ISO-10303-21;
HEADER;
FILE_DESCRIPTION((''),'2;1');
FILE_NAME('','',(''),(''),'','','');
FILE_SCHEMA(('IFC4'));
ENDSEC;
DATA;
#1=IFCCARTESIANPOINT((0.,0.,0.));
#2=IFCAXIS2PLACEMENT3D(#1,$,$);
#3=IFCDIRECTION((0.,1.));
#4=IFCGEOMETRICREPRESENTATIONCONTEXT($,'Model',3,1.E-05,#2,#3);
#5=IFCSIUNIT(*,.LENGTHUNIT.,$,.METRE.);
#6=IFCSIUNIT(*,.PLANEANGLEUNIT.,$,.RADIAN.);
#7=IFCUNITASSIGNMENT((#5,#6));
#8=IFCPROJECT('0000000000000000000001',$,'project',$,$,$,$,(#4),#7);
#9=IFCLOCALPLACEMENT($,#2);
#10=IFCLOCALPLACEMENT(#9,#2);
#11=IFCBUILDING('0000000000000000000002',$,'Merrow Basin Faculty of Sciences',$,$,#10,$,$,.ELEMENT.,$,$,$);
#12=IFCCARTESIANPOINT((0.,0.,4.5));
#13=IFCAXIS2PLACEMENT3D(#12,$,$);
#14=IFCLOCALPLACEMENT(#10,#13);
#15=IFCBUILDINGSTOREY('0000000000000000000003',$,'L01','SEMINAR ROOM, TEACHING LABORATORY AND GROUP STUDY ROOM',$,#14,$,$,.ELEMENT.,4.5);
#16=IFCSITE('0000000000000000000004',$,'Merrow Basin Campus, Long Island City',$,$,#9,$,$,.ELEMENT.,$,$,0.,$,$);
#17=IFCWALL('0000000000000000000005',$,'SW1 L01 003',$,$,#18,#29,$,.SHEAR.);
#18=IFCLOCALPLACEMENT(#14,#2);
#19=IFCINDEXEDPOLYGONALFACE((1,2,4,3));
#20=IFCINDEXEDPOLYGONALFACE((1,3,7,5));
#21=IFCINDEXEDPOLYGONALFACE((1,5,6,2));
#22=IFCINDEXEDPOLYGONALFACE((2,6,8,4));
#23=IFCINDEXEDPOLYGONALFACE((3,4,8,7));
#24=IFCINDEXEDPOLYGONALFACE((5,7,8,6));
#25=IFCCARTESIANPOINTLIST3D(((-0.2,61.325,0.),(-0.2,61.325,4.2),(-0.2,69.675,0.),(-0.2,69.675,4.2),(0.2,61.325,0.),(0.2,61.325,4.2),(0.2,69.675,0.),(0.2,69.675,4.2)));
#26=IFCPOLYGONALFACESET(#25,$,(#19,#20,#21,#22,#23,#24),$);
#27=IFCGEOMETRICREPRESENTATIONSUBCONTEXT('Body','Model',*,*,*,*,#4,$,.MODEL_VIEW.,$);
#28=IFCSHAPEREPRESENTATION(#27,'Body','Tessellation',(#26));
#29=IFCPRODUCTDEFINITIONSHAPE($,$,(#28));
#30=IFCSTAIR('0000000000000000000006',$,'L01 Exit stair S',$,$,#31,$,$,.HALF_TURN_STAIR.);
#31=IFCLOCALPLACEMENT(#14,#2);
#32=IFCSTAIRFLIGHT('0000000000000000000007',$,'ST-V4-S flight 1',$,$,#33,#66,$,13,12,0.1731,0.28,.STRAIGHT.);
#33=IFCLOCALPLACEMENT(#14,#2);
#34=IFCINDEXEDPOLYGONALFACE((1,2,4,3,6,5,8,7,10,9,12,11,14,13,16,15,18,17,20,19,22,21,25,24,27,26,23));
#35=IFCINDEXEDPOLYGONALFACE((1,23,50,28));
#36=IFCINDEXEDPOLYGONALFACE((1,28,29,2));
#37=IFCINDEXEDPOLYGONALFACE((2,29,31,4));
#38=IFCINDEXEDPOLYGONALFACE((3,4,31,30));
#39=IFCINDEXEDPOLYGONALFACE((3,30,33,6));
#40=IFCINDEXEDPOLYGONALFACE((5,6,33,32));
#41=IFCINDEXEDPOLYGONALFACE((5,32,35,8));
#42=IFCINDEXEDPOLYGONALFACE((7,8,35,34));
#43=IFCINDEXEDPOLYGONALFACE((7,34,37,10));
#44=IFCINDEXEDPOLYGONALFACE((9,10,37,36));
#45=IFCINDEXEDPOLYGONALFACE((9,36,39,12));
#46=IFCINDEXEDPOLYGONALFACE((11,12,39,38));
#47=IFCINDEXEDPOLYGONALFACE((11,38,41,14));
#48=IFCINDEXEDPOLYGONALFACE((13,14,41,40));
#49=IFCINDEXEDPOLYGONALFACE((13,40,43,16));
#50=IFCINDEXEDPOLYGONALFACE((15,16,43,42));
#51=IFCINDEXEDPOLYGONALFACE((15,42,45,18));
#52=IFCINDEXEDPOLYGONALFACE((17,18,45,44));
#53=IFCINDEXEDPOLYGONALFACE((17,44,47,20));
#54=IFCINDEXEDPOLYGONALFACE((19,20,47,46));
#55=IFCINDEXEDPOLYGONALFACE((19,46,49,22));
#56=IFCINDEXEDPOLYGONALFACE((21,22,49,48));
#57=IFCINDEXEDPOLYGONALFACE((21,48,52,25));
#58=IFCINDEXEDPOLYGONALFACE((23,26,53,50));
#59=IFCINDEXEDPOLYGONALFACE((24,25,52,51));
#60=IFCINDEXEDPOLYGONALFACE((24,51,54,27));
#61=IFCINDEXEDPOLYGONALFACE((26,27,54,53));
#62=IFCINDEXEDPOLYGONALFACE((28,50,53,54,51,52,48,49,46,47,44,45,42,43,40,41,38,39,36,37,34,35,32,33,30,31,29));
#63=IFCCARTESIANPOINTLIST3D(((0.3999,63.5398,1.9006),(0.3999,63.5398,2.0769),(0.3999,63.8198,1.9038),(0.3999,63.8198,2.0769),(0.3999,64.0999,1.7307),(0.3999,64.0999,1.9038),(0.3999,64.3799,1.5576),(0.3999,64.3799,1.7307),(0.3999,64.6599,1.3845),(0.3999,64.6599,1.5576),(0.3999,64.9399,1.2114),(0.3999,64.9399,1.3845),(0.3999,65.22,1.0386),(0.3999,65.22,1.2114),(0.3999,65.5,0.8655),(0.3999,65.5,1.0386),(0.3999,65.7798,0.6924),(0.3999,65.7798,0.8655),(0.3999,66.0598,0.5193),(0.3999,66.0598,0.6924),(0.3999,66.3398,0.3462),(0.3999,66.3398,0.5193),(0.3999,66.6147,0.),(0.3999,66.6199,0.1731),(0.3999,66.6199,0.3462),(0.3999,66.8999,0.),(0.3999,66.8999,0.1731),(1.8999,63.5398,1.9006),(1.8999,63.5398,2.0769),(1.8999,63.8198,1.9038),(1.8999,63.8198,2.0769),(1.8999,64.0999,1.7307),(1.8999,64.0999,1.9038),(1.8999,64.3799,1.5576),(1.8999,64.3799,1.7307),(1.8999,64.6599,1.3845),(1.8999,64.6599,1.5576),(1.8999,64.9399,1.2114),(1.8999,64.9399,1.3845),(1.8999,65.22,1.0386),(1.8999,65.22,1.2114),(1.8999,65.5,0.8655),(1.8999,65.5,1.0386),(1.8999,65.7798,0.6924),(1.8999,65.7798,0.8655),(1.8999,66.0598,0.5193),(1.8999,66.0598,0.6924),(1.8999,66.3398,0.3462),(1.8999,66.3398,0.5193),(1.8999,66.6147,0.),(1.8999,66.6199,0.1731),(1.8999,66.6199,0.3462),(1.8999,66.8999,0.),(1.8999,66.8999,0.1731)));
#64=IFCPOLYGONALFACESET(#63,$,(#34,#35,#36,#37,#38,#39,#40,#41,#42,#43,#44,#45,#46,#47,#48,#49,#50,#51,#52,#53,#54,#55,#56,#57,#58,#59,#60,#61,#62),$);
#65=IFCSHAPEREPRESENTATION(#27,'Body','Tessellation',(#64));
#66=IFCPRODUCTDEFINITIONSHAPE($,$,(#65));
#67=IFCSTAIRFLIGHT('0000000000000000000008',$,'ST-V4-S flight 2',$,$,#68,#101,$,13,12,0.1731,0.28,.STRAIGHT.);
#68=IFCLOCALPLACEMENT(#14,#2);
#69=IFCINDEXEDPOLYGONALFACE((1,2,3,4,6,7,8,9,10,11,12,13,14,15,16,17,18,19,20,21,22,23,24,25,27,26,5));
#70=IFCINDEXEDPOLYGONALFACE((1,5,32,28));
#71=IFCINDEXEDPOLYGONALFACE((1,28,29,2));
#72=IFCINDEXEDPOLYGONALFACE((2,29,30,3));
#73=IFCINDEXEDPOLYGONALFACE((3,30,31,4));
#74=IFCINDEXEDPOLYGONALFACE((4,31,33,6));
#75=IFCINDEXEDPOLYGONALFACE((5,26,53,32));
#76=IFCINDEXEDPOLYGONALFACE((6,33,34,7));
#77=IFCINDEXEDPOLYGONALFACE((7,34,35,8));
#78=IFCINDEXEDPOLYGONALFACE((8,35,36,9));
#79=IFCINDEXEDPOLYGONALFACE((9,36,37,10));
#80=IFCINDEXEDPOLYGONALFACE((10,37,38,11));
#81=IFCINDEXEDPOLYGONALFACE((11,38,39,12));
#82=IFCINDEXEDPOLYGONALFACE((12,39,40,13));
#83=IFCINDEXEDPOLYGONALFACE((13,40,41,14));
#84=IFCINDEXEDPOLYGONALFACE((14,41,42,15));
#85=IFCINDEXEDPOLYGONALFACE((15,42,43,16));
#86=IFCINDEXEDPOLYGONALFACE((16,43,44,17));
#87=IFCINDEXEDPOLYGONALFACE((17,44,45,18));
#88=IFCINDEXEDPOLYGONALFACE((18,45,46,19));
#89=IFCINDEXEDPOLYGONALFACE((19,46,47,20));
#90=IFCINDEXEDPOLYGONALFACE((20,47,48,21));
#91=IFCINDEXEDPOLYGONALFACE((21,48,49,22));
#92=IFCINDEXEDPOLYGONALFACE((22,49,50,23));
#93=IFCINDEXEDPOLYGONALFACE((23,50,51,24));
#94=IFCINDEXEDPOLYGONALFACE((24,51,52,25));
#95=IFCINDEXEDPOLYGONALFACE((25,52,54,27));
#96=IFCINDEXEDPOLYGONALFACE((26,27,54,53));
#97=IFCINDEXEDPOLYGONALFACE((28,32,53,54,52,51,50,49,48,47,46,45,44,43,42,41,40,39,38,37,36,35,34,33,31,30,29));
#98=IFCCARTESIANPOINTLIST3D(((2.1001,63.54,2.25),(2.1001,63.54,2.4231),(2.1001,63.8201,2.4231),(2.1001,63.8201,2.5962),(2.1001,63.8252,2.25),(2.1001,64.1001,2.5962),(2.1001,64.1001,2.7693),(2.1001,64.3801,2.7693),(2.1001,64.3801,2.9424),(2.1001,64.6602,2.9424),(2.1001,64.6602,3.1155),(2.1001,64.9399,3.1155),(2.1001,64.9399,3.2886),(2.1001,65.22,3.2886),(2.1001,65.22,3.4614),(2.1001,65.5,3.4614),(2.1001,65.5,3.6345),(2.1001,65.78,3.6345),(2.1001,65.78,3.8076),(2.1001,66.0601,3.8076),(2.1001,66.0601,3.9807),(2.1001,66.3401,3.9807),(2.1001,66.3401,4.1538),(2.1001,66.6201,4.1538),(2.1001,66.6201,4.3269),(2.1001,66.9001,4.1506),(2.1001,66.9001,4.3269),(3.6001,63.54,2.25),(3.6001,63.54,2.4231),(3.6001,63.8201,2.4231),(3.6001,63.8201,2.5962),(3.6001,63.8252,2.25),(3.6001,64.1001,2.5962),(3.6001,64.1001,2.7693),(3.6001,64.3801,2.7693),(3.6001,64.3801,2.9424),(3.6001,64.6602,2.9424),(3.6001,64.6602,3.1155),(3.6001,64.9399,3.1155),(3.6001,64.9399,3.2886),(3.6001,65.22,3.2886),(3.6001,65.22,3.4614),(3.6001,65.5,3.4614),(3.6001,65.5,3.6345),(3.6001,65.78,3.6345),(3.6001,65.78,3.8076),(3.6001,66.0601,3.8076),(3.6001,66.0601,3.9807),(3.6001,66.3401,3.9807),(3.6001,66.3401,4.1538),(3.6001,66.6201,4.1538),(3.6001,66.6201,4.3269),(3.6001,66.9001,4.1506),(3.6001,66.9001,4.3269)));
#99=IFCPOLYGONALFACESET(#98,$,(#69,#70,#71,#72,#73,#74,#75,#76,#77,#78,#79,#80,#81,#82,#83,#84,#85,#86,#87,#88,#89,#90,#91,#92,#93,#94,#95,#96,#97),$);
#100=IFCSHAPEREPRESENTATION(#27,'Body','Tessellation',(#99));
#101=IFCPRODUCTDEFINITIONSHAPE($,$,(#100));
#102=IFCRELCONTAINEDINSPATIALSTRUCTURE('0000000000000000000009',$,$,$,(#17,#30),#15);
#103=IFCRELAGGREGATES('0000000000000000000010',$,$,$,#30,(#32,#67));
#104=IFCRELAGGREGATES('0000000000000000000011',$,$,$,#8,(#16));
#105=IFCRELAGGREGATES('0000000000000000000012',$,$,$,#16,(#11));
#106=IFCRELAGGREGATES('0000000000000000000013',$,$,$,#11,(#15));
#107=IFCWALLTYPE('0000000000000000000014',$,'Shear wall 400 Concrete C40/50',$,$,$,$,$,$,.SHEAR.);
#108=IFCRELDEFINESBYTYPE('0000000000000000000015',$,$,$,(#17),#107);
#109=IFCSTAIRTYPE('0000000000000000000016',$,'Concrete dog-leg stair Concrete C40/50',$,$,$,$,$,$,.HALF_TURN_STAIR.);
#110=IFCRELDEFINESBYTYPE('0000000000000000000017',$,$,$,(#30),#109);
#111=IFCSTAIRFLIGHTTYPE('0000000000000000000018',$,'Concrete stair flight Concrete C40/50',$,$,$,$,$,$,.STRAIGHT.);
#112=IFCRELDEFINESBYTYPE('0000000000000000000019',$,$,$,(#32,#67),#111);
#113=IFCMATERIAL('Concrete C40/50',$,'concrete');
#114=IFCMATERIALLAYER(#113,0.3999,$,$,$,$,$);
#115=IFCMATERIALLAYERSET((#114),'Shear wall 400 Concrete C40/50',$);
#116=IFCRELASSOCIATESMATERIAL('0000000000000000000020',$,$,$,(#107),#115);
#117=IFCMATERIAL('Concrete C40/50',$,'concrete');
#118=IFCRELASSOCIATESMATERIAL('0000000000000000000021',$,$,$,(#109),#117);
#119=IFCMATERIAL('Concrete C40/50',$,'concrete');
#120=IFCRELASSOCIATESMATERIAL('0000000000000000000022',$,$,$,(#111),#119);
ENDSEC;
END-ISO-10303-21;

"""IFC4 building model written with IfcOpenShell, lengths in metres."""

from ifc_helpers import new_model, si_unit, direction, frame, frame_2d, origin, place, context, subcontext, project, spatial, polyline, rectangle, outline, extrude, material, layer, layer_set, type_object, element, aggregate, save


model = new_model("IFC4")

# Units and contexts
model_context = context("Model", 3, precision=1e-05, world=origin(), true_north=direction((0.0, 1.0)))
body_context = subcontext(model_context, "Body", "Model", "MODEL_VIEW")
ifc_project = project(units=[si_unit("LENGTHUNIT", "METRE"), si_unit("PLANEANGLEUNIT", "RADIAN")], contexts=[model_context])

# Site, building, storey
site_placement = place(None, origin())
site = spatial("IfcSite", under=ifc_project, at=site_placement, Name="Merrow Basin Campus, Long Island City", CompositionType="ELEMENT", RefElevation=0.0)
building_placement = place(site_placement, origin())
building = spatial("IfcBuilding", under=site, at=building_placement, Name="Merrow Basin Faculty of Sciences", CompositionType="ELEMENT")
storey_placement = place(building_placement, frame((0.0, 0.0, 4.5)))
storey = spatial("IfcBuildingStorey", under=building, at=storey_placement, Name="L01", Description="SEMINAR ROOM, TEACHING LABORATORY AND GROUP STUDY ROOM", CompositionType="ELEMENT", Elevation=4.5)

# Wall
ifc_material_1 = material(Name="Concrete C40/50", Category="concrete")
ifc_layer = layer(ifc_material_1, 0.3999)
ifc_layer_set = layer_set([ifc_layer], Name="Shear wall 400 Concrete C40/50")
wall_type = type_object("IfcWallType", Name="Shear wall 400 Concrete C40/50", PredefinedType="SHEAR", material=ifc_layer_set)
wall_placement = place(storey_placement, frame((0.0, 61.325, 0.0), z_axis=(0.0, 0.0, 1.0), x_axis=(0.0, 1.0, 0.0)))
element("IfcWall", 1, at=wall_placement, inside=storey, type_object=wall_type, Name="SW1 L01 003", PredefinedType="SHEAR", context=body_context, shape_type="SweptSolid", body=[
    extrude(rectangle(XDim=8.3501, YDim=0.3999, at=frame_2d((4.175, 0.0))), origin(), (0.0, 0.0, 1.0), 4.2),
])

# Stair, stair flights
ifc_material_2 = material(Name="Concrete C40/50", Category="concrete")
stair_type = type_object("IfcStairType", Name="Concrete dog-leg stair Concrete C40/50", PredefinedType="HALF_TURN_STAIR", material=ifc_material_2)
stair_placement = place(storey_placement, origin())
stair = element("IfcStair", 2, at=stair_placement, inside=storey, type_object=stair_type, Name="L01 Exit stair S", PredefinedType="HALF_TURN_STAIR")
ifc_material_3 = material(Name="Concrete C40/50", Category="concrete")
stair_flight_type = type_object("IfcStairFlightType", Name="Concrete stair flight Concrete C40/50", PredefinedType="STRAIGHT", material=ifc_material_3)
stair_flight_1_placement = place(storey_placement, frame((1.1499, 66.8999, 0.0), z_axis=(0.0, 0.0, 1.0), x_axis=(0.0, -1.0, 0.0)))
stair_flight_1 = element("IfcStairFlight", 3, at=stair_flight_1_placement, type_object=stair_flight_type, Name="ST-V4-S flight 1", NumberOfRisers=13, NumberOfTreads=12, PredefinedType="STRAIGHT", RiserHeight=0.1731, TreadLength=0.28, context=body_context, shape_type="SweptSolid", body=[
    extrude(outline(polyline([(0.0, 0.0), (0.0, 0.1731), (0.28, 0.1731), (0.28, 0.3462), (0.5601, 0.3462), (0.5601, 0.5193), (0.8401, 0.5193), (0.8401, 0.6924), (1.1201, 0.6924), (1.1201, 0.8655), (1.3999, 0.8655), (1.3999, 1.0386), (1.6799, 1.0386), (1.6799, 1.2114), (1.96, 1.2114), (1.96, 1.3845), (2.24, 1.3845), (2.24, 1.5576), (2.52, 1.5576), (2.52, 1.7307), (2.8, 1.7307), (2.8, 1.9038), (3.0801, 1.9038), (3.0801, 2.0769), (3.3601, 2.0769), (3.3601, 2.25), (3.3601, 1.9006), (0.2852, 0.0), (0.0, 0.0)])), frame((0.0, 0.75, 0.0), z_axis=(0.0, -1.0, 0.0), x_axis=(1.0, 0.0, 0.0)), (0.0, 0.0, 1.0), 1.5),
])
stair_flight_2_placement = place(storey_placement, frame((2.8501, 63.54, 2.25), z_axis=(0.0, 0.0, 1.0), x_axis=(0.0, 1.0, 0.0)))
stair_flight_2 = element("IfcStairFlight", 4, at=stair_flight_2_placement, type_object=stair_flight_type, Name="ST-V4-S flight 2", NumberOfRisers=13, NumberOfTreads=12, PredefinedType="STRAIGHT", RiserHeight=0.1731, TreadLength=0.28, context=body_context, shape_type="SweptSolid", body=[
    extrude(outline(polyline([(0.0, 0.0), (0.0, 0.1731), (0.28, 0.1731), (0.28, 0.3462), (0.5601, 0.3462), (0.5601, 0.5193), (0.8401, 0.5193), (0.8401, 0.6924), (1.1201, 0.6924), (1.1201, 0.8655), (1.3999, 0.8655), (1.3999, 1.0386), (1.6799, 1.0386), (1.6799, 1.2114), (1.96, 1.2114), (1.96, 1.3845), (2.24, 1.3845), (2.24, 1.5576), (2.52, 1.5576), (2.52, 1.7307), (2.8, 1.7307), (2.8, 1.9038), (3.0801, 1.9038), (3.0801, 2.0769), (3.3601, 2.0769), (3.3601, 2.25), (3.3601, 1.9006), (0.2852, 0.0), (0.0, 0.0)])), frame((0.0, 0.75, 0.0), z_axis=(0.0, -1.0, 0.0), x_axis=(1.0, 0.0, 0.0)), (0.0, 0.0, 1.0), 1.5),
])
aggregate(stair, [stair_flight_1, stair_flight_2])

save(model, "model.ifc")
